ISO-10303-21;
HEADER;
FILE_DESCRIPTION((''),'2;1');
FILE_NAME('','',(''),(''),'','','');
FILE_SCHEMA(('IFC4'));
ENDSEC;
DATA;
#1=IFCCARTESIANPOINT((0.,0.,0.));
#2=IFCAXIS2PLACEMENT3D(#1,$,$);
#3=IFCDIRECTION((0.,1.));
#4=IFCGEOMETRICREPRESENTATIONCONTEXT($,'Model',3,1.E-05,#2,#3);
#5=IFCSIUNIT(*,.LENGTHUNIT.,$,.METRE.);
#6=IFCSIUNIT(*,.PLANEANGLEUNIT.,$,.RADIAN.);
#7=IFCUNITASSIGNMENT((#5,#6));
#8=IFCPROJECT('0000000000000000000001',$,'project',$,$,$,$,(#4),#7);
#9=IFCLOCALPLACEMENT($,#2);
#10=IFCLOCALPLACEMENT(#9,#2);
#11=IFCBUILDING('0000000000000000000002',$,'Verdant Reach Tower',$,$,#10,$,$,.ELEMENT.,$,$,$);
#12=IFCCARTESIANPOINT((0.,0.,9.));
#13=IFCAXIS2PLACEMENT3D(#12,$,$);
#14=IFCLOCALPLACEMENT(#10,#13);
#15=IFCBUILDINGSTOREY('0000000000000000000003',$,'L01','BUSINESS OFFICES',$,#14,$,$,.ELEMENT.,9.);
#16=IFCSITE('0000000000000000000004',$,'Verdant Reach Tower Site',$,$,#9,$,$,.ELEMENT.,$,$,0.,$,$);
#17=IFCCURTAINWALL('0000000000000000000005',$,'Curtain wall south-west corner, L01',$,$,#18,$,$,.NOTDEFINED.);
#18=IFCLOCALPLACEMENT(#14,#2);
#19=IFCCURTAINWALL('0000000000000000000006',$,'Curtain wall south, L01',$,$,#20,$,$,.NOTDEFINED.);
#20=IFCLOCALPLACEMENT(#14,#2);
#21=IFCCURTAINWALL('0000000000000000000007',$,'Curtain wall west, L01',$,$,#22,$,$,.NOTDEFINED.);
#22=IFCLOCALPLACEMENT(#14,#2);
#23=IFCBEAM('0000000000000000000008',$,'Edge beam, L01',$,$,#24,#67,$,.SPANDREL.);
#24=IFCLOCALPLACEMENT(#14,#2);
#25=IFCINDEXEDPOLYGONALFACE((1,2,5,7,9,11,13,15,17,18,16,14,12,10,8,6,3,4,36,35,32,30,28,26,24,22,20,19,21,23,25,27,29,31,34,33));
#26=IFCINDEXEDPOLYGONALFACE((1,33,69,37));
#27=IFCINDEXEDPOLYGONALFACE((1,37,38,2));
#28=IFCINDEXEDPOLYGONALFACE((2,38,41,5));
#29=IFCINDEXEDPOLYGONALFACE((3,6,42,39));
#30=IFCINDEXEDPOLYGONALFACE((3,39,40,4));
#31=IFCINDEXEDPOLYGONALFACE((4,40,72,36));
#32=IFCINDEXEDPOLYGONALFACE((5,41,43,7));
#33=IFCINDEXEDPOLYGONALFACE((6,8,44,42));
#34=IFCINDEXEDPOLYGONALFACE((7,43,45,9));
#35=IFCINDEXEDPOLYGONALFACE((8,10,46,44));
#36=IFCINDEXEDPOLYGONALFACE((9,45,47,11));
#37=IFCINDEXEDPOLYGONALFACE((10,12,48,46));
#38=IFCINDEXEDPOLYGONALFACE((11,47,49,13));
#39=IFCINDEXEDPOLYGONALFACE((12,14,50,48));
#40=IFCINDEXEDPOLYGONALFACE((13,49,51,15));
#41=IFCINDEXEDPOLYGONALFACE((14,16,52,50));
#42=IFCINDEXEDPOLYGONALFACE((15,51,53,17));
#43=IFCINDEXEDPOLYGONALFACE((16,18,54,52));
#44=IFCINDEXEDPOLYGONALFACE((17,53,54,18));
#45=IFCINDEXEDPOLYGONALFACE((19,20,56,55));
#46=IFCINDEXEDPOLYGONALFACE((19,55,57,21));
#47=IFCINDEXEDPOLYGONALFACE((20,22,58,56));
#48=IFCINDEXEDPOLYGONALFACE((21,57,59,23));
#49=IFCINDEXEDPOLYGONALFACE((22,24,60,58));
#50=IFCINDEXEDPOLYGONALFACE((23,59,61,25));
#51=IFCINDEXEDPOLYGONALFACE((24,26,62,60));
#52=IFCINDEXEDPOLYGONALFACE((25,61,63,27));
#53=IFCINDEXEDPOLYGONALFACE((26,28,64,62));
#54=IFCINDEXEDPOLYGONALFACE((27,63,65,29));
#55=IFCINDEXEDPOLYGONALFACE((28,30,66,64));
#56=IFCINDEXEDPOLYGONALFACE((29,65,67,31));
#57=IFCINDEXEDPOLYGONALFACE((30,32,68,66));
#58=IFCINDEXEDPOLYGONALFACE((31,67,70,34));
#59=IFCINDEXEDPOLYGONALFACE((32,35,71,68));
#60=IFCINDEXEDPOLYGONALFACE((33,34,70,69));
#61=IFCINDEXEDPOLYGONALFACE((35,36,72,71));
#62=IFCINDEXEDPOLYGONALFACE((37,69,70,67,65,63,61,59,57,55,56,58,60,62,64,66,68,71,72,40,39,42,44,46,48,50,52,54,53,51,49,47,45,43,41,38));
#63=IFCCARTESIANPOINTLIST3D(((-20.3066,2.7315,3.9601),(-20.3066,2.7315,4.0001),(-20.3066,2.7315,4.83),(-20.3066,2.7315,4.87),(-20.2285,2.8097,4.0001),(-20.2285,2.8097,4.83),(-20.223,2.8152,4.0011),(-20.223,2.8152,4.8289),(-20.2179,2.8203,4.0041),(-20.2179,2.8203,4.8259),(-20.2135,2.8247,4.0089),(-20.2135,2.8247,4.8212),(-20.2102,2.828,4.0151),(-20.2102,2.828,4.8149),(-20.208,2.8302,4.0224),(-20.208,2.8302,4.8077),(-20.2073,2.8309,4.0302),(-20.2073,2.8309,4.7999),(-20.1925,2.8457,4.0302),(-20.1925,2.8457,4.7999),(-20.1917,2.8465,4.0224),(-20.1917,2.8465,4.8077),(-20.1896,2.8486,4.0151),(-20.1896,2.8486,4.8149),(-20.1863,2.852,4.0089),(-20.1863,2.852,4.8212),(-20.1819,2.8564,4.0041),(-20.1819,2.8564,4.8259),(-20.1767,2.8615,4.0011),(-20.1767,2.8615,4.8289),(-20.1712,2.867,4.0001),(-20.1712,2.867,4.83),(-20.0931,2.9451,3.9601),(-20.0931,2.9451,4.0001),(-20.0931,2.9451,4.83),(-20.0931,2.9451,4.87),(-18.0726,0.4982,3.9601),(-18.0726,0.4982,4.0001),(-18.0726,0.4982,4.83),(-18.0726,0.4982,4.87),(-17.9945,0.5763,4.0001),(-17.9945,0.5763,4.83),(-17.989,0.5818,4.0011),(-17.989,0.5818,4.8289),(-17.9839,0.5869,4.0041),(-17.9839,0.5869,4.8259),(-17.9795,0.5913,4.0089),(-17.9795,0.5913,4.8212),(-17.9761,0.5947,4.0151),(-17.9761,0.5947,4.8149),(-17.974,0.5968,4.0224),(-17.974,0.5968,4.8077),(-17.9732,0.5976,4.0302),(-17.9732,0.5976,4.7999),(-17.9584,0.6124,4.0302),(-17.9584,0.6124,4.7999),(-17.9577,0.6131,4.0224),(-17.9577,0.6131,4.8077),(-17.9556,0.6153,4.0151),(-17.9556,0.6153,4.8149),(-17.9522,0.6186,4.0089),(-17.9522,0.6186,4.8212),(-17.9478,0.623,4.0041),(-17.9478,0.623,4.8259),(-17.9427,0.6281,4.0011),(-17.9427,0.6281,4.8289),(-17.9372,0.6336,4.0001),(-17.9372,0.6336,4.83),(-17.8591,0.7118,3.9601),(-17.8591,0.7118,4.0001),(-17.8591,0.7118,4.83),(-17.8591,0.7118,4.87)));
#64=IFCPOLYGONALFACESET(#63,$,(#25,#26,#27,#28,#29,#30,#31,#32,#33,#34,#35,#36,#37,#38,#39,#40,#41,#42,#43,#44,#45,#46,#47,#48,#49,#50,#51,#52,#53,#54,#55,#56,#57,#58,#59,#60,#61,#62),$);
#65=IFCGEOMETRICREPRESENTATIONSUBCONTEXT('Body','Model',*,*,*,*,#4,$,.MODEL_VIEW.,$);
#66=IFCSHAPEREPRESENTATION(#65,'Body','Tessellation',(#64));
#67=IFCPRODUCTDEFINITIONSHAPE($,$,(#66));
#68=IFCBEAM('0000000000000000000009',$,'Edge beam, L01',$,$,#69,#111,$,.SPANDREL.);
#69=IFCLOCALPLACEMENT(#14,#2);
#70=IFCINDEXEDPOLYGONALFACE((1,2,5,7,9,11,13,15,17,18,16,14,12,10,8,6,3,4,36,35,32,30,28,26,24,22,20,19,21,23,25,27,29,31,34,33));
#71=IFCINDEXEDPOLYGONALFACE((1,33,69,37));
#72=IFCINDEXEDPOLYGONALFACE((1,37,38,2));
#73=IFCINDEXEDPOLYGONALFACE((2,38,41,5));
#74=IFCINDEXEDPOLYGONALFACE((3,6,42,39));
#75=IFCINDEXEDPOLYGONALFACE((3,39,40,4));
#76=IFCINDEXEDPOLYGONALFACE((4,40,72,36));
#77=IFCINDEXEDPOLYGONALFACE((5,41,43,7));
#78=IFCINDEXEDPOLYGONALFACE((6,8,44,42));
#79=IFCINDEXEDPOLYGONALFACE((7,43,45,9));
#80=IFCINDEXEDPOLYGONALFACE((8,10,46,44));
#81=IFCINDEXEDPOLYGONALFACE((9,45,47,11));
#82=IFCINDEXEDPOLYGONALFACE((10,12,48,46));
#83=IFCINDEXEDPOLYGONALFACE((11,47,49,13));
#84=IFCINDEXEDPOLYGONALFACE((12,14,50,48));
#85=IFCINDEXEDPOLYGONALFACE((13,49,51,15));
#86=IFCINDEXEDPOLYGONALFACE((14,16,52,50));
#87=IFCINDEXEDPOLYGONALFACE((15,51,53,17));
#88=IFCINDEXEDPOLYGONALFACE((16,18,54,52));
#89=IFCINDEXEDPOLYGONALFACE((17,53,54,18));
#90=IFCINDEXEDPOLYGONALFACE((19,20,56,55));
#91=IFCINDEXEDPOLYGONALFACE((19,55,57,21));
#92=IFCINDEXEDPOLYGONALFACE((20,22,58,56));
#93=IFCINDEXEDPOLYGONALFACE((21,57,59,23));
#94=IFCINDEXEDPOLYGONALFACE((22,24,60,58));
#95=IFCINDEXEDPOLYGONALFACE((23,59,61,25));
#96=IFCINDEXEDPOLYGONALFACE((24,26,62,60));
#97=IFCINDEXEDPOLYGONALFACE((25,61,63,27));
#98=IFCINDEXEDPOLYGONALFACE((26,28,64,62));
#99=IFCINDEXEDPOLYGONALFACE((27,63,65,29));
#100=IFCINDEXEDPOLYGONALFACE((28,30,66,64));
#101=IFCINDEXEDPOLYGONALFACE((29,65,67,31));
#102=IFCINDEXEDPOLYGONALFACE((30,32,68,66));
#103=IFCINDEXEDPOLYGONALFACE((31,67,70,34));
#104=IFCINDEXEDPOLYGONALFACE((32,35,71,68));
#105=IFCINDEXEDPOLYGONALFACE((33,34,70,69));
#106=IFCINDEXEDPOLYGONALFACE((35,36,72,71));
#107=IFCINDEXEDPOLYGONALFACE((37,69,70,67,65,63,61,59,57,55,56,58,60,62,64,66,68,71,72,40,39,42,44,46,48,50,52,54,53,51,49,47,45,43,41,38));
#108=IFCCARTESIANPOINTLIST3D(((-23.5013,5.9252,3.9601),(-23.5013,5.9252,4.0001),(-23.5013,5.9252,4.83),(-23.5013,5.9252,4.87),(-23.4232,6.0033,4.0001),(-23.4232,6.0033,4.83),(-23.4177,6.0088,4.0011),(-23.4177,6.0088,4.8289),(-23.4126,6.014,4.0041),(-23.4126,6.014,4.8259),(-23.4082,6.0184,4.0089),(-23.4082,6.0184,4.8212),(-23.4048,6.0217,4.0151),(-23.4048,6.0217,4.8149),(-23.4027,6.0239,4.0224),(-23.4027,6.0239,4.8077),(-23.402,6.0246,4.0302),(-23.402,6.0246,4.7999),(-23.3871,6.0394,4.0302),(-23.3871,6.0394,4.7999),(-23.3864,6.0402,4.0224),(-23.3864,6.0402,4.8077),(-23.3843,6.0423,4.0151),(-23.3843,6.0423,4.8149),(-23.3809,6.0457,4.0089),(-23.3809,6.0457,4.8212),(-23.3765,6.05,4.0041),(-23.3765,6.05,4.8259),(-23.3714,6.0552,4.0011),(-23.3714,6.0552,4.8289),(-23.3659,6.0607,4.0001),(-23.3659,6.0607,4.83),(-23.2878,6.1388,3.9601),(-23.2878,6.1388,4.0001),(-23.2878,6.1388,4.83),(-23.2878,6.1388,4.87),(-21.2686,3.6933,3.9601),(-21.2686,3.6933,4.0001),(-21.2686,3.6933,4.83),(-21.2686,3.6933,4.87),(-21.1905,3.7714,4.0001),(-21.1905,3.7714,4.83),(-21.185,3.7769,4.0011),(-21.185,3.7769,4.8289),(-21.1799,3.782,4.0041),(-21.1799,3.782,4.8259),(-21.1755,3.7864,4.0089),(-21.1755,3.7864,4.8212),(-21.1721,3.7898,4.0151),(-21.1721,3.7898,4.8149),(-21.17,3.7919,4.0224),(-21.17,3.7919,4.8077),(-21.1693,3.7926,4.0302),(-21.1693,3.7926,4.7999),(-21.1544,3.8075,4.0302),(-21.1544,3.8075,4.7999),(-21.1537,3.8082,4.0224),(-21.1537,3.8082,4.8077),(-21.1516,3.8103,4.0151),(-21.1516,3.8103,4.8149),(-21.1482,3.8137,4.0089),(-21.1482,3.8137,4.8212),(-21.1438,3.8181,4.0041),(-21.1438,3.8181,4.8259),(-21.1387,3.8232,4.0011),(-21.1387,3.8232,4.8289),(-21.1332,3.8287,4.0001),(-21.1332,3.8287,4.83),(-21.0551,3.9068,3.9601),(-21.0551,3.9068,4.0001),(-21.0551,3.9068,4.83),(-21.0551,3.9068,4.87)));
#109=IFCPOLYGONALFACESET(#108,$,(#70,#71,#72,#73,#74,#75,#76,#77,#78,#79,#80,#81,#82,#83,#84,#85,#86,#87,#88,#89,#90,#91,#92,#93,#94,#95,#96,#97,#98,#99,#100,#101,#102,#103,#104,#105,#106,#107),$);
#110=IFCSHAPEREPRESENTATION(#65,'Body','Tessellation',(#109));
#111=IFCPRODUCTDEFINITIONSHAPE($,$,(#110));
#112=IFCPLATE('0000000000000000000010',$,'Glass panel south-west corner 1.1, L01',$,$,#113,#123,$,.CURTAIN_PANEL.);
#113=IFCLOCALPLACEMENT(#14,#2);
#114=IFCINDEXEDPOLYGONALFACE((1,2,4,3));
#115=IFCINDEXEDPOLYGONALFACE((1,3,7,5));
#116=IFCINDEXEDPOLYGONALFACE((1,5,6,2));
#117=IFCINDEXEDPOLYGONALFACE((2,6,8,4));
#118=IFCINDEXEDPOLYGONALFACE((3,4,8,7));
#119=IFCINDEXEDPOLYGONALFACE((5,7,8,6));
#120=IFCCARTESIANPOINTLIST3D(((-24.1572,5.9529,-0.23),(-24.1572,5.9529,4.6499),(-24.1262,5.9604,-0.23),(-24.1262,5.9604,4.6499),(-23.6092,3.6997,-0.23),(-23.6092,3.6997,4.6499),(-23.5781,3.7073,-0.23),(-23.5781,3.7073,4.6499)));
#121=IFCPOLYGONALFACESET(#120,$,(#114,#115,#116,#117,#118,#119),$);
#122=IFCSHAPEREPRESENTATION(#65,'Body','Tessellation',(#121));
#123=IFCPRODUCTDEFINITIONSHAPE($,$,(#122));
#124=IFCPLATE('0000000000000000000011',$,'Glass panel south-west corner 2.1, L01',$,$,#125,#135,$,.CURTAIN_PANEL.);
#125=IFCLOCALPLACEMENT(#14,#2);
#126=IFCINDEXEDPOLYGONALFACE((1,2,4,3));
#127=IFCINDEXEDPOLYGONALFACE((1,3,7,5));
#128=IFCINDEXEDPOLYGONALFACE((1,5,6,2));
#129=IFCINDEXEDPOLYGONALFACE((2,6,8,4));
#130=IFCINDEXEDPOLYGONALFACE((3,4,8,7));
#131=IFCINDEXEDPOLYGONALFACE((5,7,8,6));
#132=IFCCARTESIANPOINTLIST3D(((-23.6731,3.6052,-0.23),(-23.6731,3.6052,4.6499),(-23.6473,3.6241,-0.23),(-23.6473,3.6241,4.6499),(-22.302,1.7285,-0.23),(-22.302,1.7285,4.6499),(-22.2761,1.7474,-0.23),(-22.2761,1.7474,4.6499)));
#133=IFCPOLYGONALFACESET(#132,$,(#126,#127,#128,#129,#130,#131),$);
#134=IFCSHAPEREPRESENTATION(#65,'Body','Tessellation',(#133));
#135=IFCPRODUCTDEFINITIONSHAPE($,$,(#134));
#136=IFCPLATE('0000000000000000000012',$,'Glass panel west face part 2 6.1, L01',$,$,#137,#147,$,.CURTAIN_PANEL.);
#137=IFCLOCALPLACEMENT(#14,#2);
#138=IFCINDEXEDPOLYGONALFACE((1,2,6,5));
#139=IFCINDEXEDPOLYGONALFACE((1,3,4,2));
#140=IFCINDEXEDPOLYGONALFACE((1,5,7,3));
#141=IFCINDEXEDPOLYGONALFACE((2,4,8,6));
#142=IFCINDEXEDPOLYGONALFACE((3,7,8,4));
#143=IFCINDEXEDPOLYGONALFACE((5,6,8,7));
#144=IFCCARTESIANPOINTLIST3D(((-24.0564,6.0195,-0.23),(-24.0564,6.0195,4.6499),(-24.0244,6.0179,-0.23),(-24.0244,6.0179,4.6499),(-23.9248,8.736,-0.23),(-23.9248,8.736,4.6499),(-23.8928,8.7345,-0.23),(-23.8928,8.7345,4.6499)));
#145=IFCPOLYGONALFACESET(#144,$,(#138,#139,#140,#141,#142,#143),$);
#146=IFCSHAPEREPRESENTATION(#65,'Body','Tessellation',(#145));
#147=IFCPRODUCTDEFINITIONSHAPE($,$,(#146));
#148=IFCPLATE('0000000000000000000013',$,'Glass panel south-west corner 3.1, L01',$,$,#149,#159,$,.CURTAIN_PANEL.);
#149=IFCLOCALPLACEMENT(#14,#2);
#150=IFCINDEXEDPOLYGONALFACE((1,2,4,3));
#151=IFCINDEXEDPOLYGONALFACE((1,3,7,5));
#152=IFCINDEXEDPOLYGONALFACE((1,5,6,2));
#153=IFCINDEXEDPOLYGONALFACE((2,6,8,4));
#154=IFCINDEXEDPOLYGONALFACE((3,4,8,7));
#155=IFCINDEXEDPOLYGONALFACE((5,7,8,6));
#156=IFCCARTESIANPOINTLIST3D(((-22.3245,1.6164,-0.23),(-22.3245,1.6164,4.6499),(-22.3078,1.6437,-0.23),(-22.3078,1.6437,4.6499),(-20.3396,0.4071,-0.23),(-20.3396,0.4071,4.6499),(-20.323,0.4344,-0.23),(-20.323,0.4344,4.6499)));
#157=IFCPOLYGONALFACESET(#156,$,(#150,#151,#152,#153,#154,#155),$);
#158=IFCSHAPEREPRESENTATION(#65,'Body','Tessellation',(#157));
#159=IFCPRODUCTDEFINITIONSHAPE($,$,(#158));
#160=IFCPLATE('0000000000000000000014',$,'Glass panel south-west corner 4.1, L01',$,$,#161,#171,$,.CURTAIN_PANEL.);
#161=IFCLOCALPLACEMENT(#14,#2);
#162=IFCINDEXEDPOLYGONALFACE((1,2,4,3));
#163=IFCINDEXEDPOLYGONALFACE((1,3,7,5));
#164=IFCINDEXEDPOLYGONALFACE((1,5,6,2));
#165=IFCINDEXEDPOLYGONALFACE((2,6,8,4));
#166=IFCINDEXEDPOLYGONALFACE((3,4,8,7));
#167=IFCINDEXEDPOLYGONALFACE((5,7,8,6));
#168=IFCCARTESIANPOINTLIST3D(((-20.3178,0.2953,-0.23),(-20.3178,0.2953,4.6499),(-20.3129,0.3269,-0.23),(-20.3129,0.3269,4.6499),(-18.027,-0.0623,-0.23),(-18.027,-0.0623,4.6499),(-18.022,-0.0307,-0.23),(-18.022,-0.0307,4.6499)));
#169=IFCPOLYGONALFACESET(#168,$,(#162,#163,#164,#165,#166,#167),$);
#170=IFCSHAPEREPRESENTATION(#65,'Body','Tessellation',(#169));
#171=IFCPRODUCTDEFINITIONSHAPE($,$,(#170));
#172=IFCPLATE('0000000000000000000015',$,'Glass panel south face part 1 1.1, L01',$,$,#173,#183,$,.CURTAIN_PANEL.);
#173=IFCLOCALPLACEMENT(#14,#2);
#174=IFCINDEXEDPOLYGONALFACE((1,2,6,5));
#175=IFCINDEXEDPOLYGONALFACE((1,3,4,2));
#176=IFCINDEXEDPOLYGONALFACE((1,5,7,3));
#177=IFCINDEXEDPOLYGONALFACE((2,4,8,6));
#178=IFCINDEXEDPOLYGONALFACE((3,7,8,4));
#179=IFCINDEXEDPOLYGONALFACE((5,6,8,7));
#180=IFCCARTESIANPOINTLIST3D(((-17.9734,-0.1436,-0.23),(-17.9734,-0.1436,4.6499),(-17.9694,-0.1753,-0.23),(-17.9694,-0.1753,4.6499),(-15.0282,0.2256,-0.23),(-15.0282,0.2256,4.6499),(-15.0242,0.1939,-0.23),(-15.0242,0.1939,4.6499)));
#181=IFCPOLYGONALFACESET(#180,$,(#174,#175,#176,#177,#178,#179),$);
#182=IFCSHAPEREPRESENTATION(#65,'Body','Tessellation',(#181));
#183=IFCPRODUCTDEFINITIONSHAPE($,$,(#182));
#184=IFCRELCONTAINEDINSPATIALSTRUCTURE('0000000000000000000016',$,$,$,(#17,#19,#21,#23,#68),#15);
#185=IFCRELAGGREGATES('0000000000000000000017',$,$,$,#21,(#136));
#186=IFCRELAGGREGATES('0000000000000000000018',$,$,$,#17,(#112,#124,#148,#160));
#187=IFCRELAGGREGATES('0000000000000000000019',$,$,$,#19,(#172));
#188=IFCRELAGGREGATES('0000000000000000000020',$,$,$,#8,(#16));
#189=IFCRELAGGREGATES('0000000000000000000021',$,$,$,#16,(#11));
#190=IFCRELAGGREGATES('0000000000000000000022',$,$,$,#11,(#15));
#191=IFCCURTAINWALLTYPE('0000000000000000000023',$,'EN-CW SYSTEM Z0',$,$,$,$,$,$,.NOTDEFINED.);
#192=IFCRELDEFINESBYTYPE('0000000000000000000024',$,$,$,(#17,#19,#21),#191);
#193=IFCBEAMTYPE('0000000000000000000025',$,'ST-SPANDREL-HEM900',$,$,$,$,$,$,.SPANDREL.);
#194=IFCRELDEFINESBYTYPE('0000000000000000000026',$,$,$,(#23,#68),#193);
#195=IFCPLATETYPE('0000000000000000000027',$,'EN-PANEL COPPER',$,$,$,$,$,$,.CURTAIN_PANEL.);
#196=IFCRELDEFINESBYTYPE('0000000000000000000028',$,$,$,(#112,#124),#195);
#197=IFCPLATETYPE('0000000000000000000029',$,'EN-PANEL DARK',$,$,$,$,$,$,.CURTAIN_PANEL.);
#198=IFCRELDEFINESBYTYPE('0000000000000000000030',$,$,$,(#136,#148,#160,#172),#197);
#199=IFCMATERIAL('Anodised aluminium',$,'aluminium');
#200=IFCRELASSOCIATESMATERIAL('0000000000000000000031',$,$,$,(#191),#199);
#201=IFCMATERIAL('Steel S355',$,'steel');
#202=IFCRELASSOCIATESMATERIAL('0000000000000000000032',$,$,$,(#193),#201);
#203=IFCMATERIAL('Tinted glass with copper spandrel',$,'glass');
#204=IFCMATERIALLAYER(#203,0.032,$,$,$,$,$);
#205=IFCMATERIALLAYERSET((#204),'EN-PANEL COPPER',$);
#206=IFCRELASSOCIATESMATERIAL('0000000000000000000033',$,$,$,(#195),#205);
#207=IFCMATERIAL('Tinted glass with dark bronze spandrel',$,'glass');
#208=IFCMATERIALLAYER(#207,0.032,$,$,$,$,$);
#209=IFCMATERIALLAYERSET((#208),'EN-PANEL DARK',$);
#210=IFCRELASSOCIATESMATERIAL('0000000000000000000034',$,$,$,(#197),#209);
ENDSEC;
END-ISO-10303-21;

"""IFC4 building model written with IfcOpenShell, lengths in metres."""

from ifc_helpers import new_model, si_unit, direction, frame, origin, origin_2d, place, context, subcontext, project, spatial, rectangle, i_section, extrude, material, layer, layer_set, material_profile, profile_set, type_object, element, aggregate, save


model = new_model("IFC4")

# Units and contexts
model_context = context("Model", 3, precision=1e-05, world=origin(), true_north=direction((0.0, 1.0)))
body_context = subcontext(model_context, "Body", "Model", "MODEL_VIEW")
ifc_project = project(units=[si_unit("LENGTHUNIT", "METRE"), si_unit("PLANEANGLEUNIT", "RADIAN")], contexts=[model_context])

# Site, building, storey
site_placement = place(None, origin())
site = spatial("IfcSite", under=ifc_project, at=site_placement, Name="Verdant Reach Tower Site", CompositionType="ELEMENT", RefElevation=0.0)
building_placement = place(site_placement, origin())
building = spatial("IfcBuilding", under=site, at=building_placement, Name="Verdant Reach Tower", CompositionType="ELEMENT")
storey_placement = place(building_placement, frame((0.0, 0.0, 9.0)))
storey = spatial("IfcBuildingStorey", under=building, at=storey_placement, Name="L01", Description="BUSINESS OFFICES", CompositionType="ELEMENT", Elevation=9.0)

# Curtain wall
ifc_material_1 = material(Name="Anodised aluminium", Category="aluminium")
curtain_wall_type = type_object("IfcCurtainWallType", Name="EN-CW SYSTEM Z0", PredefinedType="NOTDEFINED", material=ifc_material_1)
curtain_wall_1_placement = place(storey_placement, origin())
curtain_wall_1 = element("IfcCurtainWall", 1, at=curtain_wall_1_placement, inside=storey, type_object=curtain_wall_type, Name="Curtain wall south-west corner, L01", PredefinedType="NOTDEFINED")

# Curtain walls
curtain_wall_2_placement = place(storey_placement, origin())
curtain_wall_2 = element("IfcCurtainWall", 2, at=curtain_wall_2_placement, inside=storey, type_object=curtain_wall_type, Name="Curtain wall south, L01", PredefinedType="NOTDEFINED")
curtain_wall_3_placement = place(storey_placement, origin())
curtain_wall_3 = element("IfcCurtainWall", 3, at=curtain_wall_3_placement, inside=storey, type_object=curtain_wall_type, Name="Curtain wall west, L01", PredefinedType="NOTDEFINED")

# Beams
ifc_material_2 = material(Name="Steel S355", Category="steel")
ifc_material_profile_1 = material_profile(ifc_material_2, i_section(OverallWidth=0.302, OverallDepth=0.9099, WebThickness=0.021, FlangeThickness=0.04, FilletRadius=0.03, at=origin_2d()), Name="HEM 900")
ifc_profile_set_1 = profile_set([ifc_material_profile_1], Name="Steel S355")
beam_type_1 = type_object("IfcBeamType", Name="ST-SPANDREL-HEM900", PredefinedType="SPANDREL", material=ifc_profile_set_1)
beam_1_placement = place(storey_placement, frame((-17.9658, 0.605, 4.415), z_axis=(-0.707223, 0.706991, 0.0), x_axis=(-0.706991, -0.707223, 0.0)))
element("IfcBeam", 4, at=beam_1_placement, inside=storey, type_object=beam_type_1, Name="Edge beam, L01", PredefinedType="SPANDREL", context=body_context, shape_type="SweptSolid", body=[
    extrude(i_section(OverallWidth=0.302, OverallDepth=0.9099, WebThickness=0.021, FlangeThickness=0.04, FilletRadius=0.03, at=origin_2d()), origin(), (0.0, 0.0, 1.0), 3.1589),
])
beam_2_placement = place(storey_placement, frame((-21.1619, 3.8, 4.415), z_axis=(-0.707223, 0.706991, 0.0), x_axis=(-0.706991, -0.707223, 0.0)))
element("IfcBeam", 5, at=beam_2_placement, inside=storey, type_object=beam_type_1, Name="Edge beam, L01", PredefinedType="SPANDREL", context=body_context, shape_type="SweptSolid", body=[
    extrude(i_section(OverallWidth=0.302, OverallDepth=0.9099, WebThickness=0.021, FlangeThickness=0.04, FilletRadius=0.03, at=origin_2d()), origin(), (0.0, 0.0, 1.0), 3.157),
])

# Plates
ifc_material_3 = material(Name="Tinted glass with copper spandrel", Category="glass")
ifc_layer_1 = layer(ifc_material_3, 0.032)
ifc_layer_set_1 = layer_set([ifc_layer_1], Name="EN-PANEL COPPER")
plate_type_1 = type_object("IfcPlateType", Name="EN-PANEL COPPER", PredefinedType="CURTAIN_PANEL", material=ifc_layer_set_1)
plate_1_placement = place(storey_placement, frame((-23.8677, 4.8301, -0.23), z_axis=(0.0, 0.0, 1.0), x_axis=(0.236347, -0.971669, 0.0)))
plate_1 = element("IfcPlate", 6, at=plate_1_placement, type_object=plate_type_1, Name="Glass panel south-west corner 1.1, L01", PredefinedType="CURTAIN_PANEL", context=body_context, shape_type="SweptSolid", body=[
    extrude(rectangle(XDim=2.3188, YDim=0.032, at=origin_2d()), origin(), (0.0, 0.0, 1.0), 4.8799),
])
plate_2_placement = place(storey_placement, frame((-22.9746, 2.6763, -0.23), z_axis=(0.0, 0.0, 1.0), x_axis=(0.589927, -0.807457, 0.0)))
plate_2 = element("IfcPlate", 7, at=plate_2_placement, type_object=plate_type_1, Name="Glass panel south-west corner 2.1, L01", PredefinedType="CURTAIN_PANEL", context=body_context, shape_type="SweptSolid", body=[
    extrude(rectangle(XDim=2.3242, YDim=0.032, at=origin_2d()), origin(), (0.0, 0.0, 1.0), 4.8799),
])
ifc_material_4 = material(Name="Tinted glass with dark bronze spandrel", Category="glass")
ifc_layer_2 = layer(ifc_material_4, 0.032)
ifc_layer_set_2 = layer_set([ifc_layer_2], Name="EN-PANEL DARK")
plate_type_2 = type_object("IfcPlateType", Name="EN-PANEL DARK", PredefinedType="CURTAIN_PANEL", material=ifc_layer_set_2)
plate_3_placement = place(storey_placement, frame((-23.9746, 7.377, -0.23), z_axis=(0.0, 0.0, 1.0), x_axis=(-0.048383, -0.998829, 0.0)))
plate_3 = element("IfcPlate", 8, at=plate_3_placement, type_object=plate_type_2, Name="Glass panel west face part 2 6.1, L01", PredefinedType="CURTAIN_PANEL", context=body_context, shape_type="SweptSolid", body=[
    extrude(rectangle(XDim=2.7197, YDim=0.032, at=origin_2d()), origin(), (0.0, 0.0, 1.0), 4.8799),
])
aggregate(curtain_wall_3, [plate_3])
plate_4_placement = place(storey_placement, frame((-21.3237, 1.0254, -0.23), z_axis=(0.0, 0.0, 1.0), x_axis=(0.853989, -0.520292, 0.0)))
plate_4 = element("IfcPlate", 9, at=plate_4_placement, type_object=plate_type_2, Name="Glass panel south-west corner 3.1, L01", PredefinedType="CURTAIN_PANEL", context=body_context, shape_type="SweptSolid", body=[
    extrude(rectangle(XDim=2.3242, YDim=0.032, at=origin_2d()), origin(), (0.0, 0.0, 1.0), 4.8799),
])
plate_5_placement = place(storey_placement, frame((-19.1699, 0.1323, -0.23), z_axis=(0.0, 0.0, 1.0), x_axis=(0.988035, -0.154233, 0.0)))
plate_5 = element("IfcPlate", 10, at=plate_5_placement, type_object=plate_type_2, Name="Glass panel south-west corner 4.1, L01", PredefinedType="CURTAIN_PANEL", context=body_context, shape_type="SweptSolid", body=[
    extrude(rectangle(XDim=2.3186, YDim=0.032, at=origin_2d()), origin(), (0.0, 0.0, 1.0), 4.8799),
])
aggregate(curtain_wall_1, [plate_1, plate_2, plate_4, plate_5])
plate_6_placement = place(storey_placement, frame((-16.4988, 0.0251, -0.23), z_axis=(0.0, 0.0, 1.0), x_axis=(0.992234, 0.124384, 0.0)))
plate_6 = element("IfcPlate", 11, at=plate_6_placement, type_object=plate_type_2, Name="Glass panel south face part 1 1.1, L01", PredefinedType="CURTAIN_PANEL", context=body_context, shape_type="SweptSolid", body=[
    extrude(rectangle(XDim=2.9683, YDim=0.032, at=origin_2d()), origin(), (0.0, 0.0, 1.0), 4.8799),
])
aggregate(curtain_wall_2, [plate_6])

save(model, "model.ifc")
